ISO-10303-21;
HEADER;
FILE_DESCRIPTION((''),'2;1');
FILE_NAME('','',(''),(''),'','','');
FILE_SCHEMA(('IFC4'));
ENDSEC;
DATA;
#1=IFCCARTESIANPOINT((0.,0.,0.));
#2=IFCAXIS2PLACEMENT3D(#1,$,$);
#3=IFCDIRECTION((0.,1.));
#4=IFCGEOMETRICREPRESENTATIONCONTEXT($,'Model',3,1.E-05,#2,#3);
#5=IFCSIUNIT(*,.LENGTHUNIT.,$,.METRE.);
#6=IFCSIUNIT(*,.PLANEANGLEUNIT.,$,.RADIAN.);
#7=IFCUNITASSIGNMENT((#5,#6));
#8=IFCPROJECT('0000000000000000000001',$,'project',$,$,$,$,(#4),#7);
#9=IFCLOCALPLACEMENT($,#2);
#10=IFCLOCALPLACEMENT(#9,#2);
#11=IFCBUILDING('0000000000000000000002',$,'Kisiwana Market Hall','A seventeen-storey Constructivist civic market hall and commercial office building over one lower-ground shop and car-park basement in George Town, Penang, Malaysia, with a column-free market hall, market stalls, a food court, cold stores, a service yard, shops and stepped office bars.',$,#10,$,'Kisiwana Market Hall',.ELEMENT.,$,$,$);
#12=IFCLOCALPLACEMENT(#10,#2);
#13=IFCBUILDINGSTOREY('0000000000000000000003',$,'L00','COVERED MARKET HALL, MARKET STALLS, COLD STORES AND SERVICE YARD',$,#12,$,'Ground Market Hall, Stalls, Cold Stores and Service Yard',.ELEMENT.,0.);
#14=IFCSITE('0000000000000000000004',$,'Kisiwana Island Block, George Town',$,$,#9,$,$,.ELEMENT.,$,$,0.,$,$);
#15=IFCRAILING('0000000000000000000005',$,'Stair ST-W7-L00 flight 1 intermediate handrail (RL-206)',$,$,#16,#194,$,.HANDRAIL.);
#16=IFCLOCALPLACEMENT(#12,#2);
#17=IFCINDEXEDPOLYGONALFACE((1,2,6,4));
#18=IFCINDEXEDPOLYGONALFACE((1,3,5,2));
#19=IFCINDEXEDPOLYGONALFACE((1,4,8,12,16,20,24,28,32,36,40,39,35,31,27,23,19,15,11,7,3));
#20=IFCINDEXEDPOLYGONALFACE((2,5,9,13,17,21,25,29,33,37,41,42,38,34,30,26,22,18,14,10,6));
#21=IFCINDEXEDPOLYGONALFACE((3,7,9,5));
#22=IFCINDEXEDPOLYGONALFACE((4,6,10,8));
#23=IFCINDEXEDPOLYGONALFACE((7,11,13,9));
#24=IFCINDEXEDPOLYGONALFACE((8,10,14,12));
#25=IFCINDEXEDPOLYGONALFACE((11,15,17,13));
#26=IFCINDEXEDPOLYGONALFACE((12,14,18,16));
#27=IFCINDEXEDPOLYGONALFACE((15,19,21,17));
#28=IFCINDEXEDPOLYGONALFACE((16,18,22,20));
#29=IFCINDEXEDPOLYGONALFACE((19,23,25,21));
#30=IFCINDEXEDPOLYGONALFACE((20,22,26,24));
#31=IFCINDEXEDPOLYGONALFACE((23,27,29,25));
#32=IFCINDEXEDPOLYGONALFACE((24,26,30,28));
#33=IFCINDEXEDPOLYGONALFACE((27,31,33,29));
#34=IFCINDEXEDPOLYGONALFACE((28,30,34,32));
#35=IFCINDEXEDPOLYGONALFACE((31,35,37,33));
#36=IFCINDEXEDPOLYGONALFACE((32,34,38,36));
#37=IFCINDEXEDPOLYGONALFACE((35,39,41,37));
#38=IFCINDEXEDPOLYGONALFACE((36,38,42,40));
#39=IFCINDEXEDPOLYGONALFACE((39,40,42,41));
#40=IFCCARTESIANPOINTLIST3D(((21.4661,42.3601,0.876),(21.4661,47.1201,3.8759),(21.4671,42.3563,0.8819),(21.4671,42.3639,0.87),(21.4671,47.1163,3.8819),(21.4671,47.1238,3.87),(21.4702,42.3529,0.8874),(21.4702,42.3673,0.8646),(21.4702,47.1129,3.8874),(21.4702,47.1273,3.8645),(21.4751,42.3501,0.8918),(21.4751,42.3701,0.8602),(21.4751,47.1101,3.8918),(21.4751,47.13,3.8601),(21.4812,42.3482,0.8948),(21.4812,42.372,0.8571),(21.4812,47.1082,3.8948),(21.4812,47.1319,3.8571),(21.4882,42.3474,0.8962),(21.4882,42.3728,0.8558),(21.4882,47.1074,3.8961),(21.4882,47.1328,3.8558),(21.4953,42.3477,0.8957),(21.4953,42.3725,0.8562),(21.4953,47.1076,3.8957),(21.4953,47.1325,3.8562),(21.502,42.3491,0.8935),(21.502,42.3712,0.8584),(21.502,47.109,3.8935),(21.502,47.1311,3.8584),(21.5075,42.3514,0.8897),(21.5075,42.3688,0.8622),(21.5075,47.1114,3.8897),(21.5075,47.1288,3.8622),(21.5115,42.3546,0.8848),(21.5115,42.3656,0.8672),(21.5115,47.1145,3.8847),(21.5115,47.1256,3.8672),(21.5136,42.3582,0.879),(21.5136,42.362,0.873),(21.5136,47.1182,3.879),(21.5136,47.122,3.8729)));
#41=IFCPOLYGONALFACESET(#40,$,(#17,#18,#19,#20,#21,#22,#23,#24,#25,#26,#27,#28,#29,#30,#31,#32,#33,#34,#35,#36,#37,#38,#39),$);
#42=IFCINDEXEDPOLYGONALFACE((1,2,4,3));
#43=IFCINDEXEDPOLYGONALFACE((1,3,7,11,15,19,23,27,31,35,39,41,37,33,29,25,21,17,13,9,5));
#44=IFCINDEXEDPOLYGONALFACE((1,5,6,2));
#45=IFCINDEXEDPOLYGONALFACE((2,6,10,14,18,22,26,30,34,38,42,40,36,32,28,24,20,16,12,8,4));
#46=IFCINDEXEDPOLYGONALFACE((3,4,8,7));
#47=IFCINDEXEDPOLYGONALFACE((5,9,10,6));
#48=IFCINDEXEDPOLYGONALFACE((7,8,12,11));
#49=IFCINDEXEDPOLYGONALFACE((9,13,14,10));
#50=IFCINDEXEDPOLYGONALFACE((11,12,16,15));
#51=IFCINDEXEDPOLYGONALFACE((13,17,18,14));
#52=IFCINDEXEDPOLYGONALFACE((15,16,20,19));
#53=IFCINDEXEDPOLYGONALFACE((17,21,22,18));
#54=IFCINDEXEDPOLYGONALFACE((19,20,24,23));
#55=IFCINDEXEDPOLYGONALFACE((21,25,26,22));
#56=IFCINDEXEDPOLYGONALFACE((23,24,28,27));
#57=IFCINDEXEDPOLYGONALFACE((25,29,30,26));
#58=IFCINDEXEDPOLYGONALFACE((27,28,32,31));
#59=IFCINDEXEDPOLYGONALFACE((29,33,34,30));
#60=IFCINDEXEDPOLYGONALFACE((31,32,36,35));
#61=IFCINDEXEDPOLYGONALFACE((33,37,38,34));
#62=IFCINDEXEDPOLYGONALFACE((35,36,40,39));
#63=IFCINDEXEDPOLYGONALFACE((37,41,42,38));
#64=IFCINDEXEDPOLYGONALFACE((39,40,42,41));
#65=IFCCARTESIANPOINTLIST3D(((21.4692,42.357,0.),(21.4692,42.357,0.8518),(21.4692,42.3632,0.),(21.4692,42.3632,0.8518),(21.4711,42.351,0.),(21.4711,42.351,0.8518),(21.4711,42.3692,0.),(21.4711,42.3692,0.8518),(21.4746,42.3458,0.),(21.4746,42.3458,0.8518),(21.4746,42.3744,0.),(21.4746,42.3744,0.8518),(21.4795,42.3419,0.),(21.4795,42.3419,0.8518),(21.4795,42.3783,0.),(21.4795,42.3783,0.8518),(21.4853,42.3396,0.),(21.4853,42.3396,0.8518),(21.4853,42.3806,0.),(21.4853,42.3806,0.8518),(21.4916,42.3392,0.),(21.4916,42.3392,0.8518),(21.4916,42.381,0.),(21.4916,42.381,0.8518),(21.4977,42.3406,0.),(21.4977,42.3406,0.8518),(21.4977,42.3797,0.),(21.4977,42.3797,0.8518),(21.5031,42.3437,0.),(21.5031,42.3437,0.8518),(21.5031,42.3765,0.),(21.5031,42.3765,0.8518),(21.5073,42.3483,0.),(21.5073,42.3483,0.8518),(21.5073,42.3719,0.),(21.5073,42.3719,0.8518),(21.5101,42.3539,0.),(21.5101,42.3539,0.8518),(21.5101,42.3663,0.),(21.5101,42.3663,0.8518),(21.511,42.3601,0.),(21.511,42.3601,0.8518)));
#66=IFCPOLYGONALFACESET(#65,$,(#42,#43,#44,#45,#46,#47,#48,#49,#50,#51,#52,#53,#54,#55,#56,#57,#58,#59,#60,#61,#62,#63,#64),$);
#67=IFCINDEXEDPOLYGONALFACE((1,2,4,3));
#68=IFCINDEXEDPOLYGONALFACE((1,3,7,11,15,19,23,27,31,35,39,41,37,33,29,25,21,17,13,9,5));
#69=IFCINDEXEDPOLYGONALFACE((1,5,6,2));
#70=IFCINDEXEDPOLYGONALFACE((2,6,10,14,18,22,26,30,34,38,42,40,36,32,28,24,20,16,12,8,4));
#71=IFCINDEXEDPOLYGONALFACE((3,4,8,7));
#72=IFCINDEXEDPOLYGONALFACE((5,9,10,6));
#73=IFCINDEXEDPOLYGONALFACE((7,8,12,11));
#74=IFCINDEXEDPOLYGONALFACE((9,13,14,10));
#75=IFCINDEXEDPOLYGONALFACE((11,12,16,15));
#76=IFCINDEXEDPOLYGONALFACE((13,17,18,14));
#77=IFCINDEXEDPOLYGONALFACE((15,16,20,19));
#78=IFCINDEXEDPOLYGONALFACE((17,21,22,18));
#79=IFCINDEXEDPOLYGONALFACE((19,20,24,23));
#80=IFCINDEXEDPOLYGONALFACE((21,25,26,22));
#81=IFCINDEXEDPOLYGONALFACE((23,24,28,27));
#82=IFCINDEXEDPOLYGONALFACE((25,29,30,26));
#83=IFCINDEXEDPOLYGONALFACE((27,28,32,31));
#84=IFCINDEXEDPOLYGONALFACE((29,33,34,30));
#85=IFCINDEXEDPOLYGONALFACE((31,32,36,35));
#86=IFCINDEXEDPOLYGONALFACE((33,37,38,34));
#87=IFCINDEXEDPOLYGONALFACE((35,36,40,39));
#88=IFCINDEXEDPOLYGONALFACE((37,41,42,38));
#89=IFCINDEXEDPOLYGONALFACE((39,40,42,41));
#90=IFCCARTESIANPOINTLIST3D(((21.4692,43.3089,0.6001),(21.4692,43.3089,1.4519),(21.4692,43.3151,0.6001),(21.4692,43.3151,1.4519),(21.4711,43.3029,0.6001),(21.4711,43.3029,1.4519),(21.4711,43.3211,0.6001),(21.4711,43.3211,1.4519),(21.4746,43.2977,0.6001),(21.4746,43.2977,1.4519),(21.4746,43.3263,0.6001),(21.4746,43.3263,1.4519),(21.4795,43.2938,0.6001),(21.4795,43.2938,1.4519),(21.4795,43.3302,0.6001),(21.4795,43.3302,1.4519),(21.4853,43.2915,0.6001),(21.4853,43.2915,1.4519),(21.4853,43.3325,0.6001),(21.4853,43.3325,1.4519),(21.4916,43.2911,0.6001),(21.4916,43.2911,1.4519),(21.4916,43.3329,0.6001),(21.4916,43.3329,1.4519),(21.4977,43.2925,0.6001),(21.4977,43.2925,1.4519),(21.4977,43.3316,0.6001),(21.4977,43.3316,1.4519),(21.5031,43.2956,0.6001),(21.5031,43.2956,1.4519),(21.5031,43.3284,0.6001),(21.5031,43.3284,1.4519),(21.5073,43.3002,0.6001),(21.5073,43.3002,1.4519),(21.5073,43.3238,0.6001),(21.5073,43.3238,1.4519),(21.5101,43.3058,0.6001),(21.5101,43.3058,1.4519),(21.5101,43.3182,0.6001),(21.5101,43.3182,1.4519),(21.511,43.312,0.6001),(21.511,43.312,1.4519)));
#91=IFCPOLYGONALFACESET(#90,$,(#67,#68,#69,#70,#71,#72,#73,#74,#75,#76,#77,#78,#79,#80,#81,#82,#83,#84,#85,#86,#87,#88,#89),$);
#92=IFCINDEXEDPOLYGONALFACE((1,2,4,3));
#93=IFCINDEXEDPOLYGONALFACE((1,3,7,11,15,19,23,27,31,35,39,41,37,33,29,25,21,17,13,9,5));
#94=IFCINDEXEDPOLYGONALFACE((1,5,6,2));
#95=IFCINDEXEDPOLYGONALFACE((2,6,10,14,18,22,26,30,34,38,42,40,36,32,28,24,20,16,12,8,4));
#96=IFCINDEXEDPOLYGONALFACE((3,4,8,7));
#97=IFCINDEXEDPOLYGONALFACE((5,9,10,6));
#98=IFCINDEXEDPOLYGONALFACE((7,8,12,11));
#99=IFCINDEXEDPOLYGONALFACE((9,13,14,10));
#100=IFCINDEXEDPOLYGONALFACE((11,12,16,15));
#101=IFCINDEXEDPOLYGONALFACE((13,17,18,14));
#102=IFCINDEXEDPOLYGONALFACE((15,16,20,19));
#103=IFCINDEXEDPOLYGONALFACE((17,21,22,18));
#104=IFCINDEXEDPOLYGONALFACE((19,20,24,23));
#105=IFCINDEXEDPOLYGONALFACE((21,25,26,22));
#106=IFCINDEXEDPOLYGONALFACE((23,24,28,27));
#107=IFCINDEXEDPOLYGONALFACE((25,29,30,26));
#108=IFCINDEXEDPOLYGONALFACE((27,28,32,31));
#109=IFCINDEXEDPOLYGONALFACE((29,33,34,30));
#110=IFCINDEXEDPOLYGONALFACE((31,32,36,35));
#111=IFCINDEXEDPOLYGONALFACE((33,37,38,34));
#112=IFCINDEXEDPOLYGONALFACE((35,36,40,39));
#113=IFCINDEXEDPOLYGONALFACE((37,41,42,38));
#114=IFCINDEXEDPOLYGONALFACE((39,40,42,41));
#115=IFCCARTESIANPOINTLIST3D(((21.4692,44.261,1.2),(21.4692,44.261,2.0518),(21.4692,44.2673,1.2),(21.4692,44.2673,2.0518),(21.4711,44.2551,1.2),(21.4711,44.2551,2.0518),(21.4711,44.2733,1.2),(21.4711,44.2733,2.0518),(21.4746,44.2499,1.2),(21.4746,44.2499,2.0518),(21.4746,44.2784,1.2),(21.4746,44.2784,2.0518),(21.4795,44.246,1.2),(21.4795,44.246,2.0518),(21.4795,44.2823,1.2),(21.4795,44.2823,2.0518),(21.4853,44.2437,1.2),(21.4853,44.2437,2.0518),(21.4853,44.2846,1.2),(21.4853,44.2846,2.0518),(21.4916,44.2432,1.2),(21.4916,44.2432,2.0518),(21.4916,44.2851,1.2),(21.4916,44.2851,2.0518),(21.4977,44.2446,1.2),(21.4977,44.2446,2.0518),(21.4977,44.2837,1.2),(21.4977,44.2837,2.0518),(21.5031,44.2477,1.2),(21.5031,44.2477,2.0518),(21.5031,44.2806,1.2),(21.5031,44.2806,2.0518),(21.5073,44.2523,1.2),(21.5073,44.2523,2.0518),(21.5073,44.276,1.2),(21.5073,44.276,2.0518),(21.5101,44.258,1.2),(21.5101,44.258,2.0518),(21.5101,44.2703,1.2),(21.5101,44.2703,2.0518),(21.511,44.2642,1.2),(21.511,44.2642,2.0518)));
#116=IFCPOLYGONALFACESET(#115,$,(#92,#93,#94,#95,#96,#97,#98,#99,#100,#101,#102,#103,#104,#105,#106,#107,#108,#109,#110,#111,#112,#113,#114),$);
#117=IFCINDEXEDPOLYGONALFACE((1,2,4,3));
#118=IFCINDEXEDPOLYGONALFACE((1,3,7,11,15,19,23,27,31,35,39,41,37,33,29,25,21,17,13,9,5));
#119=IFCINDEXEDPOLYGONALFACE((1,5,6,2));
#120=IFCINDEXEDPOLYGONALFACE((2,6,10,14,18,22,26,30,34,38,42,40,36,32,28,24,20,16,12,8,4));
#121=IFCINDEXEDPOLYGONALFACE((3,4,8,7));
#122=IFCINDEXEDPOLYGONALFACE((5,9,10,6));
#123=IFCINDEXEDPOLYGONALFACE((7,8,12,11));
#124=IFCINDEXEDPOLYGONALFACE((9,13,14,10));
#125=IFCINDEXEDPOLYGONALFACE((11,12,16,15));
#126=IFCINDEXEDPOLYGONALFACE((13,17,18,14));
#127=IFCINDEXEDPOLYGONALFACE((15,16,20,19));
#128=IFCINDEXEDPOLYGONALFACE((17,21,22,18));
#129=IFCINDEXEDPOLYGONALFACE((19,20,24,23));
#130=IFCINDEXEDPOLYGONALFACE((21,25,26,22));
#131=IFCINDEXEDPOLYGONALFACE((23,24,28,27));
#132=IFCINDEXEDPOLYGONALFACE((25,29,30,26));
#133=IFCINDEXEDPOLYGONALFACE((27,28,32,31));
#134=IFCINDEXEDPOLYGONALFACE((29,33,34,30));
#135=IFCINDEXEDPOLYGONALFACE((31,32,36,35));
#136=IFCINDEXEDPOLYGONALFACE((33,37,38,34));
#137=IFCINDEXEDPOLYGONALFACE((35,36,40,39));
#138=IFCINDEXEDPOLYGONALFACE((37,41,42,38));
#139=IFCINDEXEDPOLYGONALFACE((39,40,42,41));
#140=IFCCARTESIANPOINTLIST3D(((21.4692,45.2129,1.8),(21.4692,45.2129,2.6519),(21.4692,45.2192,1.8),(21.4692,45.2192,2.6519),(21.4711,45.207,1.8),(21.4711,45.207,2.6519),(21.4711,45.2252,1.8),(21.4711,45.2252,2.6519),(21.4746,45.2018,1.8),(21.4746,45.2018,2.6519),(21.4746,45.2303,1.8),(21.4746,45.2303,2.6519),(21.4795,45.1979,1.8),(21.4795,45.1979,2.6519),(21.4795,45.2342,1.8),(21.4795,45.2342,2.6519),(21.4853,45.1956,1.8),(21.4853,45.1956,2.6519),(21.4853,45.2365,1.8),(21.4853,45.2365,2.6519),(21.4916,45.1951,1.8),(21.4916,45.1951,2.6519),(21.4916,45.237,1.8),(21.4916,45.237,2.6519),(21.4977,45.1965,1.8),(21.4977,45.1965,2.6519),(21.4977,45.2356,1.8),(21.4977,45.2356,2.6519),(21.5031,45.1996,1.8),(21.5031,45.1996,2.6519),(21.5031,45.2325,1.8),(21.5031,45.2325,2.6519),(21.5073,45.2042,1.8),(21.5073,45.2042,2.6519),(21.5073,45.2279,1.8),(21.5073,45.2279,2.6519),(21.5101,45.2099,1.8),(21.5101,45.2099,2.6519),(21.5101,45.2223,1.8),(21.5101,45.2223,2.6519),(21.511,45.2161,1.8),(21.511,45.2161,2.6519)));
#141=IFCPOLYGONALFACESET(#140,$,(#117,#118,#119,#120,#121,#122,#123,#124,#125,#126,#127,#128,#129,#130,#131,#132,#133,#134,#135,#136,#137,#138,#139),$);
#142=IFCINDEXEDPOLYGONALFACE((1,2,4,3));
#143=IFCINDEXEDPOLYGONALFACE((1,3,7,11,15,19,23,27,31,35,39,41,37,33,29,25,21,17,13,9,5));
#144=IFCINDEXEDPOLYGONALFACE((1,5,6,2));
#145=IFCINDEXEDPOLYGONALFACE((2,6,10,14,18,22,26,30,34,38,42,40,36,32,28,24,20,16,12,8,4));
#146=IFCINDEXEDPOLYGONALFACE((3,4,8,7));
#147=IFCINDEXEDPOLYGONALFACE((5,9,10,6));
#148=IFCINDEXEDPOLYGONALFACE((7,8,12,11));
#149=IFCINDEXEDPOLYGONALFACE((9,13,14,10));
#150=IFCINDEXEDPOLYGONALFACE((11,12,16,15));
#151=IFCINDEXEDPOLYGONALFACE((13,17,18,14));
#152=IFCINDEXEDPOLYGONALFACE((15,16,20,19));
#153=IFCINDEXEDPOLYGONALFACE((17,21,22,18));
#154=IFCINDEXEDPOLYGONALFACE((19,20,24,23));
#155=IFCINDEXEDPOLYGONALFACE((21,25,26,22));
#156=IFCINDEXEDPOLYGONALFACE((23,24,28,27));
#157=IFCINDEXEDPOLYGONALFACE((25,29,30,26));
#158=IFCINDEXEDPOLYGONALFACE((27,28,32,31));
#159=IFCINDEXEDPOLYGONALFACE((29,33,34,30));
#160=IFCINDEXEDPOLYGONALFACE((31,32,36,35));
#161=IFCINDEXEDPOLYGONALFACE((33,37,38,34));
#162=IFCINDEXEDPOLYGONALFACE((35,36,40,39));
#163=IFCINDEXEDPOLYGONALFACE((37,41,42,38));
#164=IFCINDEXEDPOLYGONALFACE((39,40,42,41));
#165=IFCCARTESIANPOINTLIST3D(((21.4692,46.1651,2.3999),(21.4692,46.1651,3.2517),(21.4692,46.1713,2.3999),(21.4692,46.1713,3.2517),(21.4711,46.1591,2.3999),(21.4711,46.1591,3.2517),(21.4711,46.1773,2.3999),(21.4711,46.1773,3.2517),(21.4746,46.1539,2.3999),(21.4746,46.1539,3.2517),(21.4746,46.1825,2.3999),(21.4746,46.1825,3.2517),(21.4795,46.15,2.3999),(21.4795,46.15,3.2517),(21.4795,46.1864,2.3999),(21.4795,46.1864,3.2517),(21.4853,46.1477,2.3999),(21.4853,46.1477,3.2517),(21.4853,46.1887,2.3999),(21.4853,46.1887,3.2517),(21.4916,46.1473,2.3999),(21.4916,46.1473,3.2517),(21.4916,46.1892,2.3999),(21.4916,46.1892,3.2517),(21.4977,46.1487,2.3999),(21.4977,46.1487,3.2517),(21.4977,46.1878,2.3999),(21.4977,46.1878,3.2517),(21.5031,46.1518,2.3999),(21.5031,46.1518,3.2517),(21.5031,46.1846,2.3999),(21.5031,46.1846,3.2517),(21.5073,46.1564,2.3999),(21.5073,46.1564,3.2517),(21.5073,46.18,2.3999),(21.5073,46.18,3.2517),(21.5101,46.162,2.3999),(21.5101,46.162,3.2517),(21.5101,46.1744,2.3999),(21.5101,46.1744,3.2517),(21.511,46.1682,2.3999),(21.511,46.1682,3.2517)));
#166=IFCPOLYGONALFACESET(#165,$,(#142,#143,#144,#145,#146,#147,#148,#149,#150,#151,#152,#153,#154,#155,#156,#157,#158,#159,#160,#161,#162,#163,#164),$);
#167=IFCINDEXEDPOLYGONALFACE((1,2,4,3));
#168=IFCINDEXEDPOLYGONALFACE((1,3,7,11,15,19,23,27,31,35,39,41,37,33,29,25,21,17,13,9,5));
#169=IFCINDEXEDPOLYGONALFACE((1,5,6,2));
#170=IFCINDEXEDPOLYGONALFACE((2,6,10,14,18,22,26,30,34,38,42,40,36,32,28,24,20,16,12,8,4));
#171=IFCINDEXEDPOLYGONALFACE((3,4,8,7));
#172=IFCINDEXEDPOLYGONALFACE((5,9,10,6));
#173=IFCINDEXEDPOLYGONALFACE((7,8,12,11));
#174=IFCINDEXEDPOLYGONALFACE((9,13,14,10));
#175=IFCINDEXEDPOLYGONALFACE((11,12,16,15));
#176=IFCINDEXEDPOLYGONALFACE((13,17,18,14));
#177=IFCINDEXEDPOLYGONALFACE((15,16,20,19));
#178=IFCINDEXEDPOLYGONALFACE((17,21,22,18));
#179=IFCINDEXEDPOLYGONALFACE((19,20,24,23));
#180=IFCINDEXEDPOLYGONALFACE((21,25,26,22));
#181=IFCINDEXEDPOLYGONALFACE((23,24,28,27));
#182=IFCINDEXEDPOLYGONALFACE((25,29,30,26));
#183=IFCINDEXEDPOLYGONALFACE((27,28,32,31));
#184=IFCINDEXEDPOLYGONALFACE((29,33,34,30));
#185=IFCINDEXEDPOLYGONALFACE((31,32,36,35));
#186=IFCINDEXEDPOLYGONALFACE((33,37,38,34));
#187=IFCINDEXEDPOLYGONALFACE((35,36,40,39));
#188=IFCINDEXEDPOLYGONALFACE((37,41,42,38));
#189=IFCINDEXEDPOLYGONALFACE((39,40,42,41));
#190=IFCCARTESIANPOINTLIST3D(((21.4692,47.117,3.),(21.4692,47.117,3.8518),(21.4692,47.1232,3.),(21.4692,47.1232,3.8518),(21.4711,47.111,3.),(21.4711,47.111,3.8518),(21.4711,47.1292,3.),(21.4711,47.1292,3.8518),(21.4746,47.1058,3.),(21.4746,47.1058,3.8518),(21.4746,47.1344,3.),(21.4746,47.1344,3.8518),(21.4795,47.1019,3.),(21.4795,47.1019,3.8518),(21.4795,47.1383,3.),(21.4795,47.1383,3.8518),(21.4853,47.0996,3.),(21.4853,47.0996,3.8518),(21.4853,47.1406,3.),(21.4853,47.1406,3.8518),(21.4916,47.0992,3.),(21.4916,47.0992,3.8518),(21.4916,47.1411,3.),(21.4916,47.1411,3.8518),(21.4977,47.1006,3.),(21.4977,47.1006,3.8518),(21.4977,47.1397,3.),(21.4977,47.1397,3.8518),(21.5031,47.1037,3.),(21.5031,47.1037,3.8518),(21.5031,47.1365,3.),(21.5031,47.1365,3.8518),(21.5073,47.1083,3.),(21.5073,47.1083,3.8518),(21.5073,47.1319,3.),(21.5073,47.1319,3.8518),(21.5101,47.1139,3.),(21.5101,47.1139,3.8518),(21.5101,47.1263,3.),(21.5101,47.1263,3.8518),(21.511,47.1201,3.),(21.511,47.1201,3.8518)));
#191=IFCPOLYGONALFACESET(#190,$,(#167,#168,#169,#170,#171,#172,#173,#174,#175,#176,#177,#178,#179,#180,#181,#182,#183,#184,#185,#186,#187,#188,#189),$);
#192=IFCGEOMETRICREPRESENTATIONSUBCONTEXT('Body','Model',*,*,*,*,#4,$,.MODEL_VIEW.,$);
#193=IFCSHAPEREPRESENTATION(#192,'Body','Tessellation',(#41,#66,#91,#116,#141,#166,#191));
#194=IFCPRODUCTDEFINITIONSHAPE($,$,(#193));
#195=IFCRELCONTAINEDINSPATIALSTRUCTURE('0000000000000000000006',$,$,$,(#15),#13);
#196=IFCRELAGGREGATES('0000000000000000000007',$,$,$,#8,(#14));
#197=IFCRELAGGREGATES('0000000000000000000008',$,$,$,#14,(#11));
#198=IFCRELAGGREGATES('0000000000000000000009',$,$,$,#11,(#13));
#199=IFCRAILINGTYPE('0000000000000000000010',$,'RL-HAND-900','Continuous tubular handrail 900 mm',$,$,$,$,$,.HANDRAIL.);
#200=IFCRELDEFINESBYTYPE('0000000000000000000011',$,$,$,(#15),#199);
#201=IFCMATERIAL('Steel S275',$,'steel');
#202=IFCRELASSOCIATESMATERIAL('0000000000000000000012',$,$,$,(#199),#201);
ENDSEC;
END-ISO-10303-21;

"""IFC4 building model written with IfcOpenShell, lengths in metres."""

from ifc_helpers import new_model, si_unit, direction, frame, origin, origin_2d, place, context, subcontext, project, spatial, circle, extrude, material, type_object, element, save


model = new_model("IFC4")

# Units and contexts
model_context = context("Model", 3, precision=1e-05, world=origin(), true_north=direction((0.0, 1.0)))
body_context = subcontext(model_context, "Body", "Model", "MODEL_VIEW")
ifc_project = project(units=[si_unit("LENGTHUNIT", "METRE"), si_unit("PLANEANGLEUNIT", "RADIAN")], contexts=[model_context])

# Site, building, storey
site_placement = place(None, origin())
site = spatial("IfcSite", under=ifc_project, at=site_placement, Name="Kisiwana Island Block, George Town", CompositionType="ELEMENT", RefElevation=0.0)
building_placement = place(site_placement, origin())
building = spatial("IfcBuilding", under=site, at=building_placement, Name="Kisiwana Market Hall", Description="A seventeen-storey Constructivist civic market hall and commercial office building over one lower-ground shop and car-park basement in George Town, Penang, Malaysia, with a column-free market hall, market stalls, a food court, cold stores, a service yard, shops and stepped office bars.", LongName="Kisiwana Market Hall", CompositionType="ELEMENT")
storey_placement = place(building_placement, origin())
storey = spatial("IfcBuildingStorey", under=building, at=storey_placement, Name="L00", Description="COVERED MARKET HALL, MARKET STALLS, COLD STORES AND SERVICE YARD", LongName="Ground Market Hall, Stalls, Cold Stores and Service Yard", CompositionType="ELEMENT", Elevation=0.0)

# Railing
ifc_material_1 = material(Name="Steel S275", Category="steel")
railing_type_1 = type_object("IfcRailingType", Name="RL-HAND-900", Description="Continuous tubular handrail 900 mm", PredefinedType="HANDRAIL", material=ifc_material_1)
railing_1_placement = place(storey_placement, frame((21.49, 42.3601, 0.0)))
element("IfcRailing", 1, at=railing_1_placement, inside=storey, type_object=railing_type_1, Name="Stair ST-W7-L00 flight 1 intermediate handrail (RL-206)", PredefinedType="HANDRAIL", context=body_context, shape_type="SweptSolid", body=[
    extrude(circle(Radius=0.0239, at=origin_2d()), frame((0.0, 0.0, 0.876), z_axis=(0.0, 0.845996, 0.53319), x_axis=(-1.0, 0.0, 0.0)), (0.0, 0.0, 1.0), 5.6265),
    extrude(circle(Radius=0.021, at=origin_2d()), origin(), (0.0, 0.0, 1.0), 0.8518),
    extrude(circle(Radius=0.021, at=origin_2d()), frame((0.0, 0.9519, 0.6001)), (0.0, 0.0, 1.0), 0.8518),
    extrude(circle(Radius=0.021, at=origin_2d()), frame((0.0, 1.9041, 1.2)), (0.0, 0.0, 1.0), 0.8518),
    extrude(circle(Radius=0.021, at=origin_2d()), frame((0.0, 2.856, 1.8)), (0.0, 0.0, 1.0), 0.8518),
    extrude(circle(Radius=0.021, at=origin_2d()), frame((0.0, 3.8081, 2.3999)), (0.0, 0.0, 1.0), 0.8518),
    extrude(circle(Radius=0.021, at=origin_2d()), frame((0.0, 4.76, 3.0)), (0.0, 0.0, 1.0), 0.8518),
])

save(model, "model.ifc")
